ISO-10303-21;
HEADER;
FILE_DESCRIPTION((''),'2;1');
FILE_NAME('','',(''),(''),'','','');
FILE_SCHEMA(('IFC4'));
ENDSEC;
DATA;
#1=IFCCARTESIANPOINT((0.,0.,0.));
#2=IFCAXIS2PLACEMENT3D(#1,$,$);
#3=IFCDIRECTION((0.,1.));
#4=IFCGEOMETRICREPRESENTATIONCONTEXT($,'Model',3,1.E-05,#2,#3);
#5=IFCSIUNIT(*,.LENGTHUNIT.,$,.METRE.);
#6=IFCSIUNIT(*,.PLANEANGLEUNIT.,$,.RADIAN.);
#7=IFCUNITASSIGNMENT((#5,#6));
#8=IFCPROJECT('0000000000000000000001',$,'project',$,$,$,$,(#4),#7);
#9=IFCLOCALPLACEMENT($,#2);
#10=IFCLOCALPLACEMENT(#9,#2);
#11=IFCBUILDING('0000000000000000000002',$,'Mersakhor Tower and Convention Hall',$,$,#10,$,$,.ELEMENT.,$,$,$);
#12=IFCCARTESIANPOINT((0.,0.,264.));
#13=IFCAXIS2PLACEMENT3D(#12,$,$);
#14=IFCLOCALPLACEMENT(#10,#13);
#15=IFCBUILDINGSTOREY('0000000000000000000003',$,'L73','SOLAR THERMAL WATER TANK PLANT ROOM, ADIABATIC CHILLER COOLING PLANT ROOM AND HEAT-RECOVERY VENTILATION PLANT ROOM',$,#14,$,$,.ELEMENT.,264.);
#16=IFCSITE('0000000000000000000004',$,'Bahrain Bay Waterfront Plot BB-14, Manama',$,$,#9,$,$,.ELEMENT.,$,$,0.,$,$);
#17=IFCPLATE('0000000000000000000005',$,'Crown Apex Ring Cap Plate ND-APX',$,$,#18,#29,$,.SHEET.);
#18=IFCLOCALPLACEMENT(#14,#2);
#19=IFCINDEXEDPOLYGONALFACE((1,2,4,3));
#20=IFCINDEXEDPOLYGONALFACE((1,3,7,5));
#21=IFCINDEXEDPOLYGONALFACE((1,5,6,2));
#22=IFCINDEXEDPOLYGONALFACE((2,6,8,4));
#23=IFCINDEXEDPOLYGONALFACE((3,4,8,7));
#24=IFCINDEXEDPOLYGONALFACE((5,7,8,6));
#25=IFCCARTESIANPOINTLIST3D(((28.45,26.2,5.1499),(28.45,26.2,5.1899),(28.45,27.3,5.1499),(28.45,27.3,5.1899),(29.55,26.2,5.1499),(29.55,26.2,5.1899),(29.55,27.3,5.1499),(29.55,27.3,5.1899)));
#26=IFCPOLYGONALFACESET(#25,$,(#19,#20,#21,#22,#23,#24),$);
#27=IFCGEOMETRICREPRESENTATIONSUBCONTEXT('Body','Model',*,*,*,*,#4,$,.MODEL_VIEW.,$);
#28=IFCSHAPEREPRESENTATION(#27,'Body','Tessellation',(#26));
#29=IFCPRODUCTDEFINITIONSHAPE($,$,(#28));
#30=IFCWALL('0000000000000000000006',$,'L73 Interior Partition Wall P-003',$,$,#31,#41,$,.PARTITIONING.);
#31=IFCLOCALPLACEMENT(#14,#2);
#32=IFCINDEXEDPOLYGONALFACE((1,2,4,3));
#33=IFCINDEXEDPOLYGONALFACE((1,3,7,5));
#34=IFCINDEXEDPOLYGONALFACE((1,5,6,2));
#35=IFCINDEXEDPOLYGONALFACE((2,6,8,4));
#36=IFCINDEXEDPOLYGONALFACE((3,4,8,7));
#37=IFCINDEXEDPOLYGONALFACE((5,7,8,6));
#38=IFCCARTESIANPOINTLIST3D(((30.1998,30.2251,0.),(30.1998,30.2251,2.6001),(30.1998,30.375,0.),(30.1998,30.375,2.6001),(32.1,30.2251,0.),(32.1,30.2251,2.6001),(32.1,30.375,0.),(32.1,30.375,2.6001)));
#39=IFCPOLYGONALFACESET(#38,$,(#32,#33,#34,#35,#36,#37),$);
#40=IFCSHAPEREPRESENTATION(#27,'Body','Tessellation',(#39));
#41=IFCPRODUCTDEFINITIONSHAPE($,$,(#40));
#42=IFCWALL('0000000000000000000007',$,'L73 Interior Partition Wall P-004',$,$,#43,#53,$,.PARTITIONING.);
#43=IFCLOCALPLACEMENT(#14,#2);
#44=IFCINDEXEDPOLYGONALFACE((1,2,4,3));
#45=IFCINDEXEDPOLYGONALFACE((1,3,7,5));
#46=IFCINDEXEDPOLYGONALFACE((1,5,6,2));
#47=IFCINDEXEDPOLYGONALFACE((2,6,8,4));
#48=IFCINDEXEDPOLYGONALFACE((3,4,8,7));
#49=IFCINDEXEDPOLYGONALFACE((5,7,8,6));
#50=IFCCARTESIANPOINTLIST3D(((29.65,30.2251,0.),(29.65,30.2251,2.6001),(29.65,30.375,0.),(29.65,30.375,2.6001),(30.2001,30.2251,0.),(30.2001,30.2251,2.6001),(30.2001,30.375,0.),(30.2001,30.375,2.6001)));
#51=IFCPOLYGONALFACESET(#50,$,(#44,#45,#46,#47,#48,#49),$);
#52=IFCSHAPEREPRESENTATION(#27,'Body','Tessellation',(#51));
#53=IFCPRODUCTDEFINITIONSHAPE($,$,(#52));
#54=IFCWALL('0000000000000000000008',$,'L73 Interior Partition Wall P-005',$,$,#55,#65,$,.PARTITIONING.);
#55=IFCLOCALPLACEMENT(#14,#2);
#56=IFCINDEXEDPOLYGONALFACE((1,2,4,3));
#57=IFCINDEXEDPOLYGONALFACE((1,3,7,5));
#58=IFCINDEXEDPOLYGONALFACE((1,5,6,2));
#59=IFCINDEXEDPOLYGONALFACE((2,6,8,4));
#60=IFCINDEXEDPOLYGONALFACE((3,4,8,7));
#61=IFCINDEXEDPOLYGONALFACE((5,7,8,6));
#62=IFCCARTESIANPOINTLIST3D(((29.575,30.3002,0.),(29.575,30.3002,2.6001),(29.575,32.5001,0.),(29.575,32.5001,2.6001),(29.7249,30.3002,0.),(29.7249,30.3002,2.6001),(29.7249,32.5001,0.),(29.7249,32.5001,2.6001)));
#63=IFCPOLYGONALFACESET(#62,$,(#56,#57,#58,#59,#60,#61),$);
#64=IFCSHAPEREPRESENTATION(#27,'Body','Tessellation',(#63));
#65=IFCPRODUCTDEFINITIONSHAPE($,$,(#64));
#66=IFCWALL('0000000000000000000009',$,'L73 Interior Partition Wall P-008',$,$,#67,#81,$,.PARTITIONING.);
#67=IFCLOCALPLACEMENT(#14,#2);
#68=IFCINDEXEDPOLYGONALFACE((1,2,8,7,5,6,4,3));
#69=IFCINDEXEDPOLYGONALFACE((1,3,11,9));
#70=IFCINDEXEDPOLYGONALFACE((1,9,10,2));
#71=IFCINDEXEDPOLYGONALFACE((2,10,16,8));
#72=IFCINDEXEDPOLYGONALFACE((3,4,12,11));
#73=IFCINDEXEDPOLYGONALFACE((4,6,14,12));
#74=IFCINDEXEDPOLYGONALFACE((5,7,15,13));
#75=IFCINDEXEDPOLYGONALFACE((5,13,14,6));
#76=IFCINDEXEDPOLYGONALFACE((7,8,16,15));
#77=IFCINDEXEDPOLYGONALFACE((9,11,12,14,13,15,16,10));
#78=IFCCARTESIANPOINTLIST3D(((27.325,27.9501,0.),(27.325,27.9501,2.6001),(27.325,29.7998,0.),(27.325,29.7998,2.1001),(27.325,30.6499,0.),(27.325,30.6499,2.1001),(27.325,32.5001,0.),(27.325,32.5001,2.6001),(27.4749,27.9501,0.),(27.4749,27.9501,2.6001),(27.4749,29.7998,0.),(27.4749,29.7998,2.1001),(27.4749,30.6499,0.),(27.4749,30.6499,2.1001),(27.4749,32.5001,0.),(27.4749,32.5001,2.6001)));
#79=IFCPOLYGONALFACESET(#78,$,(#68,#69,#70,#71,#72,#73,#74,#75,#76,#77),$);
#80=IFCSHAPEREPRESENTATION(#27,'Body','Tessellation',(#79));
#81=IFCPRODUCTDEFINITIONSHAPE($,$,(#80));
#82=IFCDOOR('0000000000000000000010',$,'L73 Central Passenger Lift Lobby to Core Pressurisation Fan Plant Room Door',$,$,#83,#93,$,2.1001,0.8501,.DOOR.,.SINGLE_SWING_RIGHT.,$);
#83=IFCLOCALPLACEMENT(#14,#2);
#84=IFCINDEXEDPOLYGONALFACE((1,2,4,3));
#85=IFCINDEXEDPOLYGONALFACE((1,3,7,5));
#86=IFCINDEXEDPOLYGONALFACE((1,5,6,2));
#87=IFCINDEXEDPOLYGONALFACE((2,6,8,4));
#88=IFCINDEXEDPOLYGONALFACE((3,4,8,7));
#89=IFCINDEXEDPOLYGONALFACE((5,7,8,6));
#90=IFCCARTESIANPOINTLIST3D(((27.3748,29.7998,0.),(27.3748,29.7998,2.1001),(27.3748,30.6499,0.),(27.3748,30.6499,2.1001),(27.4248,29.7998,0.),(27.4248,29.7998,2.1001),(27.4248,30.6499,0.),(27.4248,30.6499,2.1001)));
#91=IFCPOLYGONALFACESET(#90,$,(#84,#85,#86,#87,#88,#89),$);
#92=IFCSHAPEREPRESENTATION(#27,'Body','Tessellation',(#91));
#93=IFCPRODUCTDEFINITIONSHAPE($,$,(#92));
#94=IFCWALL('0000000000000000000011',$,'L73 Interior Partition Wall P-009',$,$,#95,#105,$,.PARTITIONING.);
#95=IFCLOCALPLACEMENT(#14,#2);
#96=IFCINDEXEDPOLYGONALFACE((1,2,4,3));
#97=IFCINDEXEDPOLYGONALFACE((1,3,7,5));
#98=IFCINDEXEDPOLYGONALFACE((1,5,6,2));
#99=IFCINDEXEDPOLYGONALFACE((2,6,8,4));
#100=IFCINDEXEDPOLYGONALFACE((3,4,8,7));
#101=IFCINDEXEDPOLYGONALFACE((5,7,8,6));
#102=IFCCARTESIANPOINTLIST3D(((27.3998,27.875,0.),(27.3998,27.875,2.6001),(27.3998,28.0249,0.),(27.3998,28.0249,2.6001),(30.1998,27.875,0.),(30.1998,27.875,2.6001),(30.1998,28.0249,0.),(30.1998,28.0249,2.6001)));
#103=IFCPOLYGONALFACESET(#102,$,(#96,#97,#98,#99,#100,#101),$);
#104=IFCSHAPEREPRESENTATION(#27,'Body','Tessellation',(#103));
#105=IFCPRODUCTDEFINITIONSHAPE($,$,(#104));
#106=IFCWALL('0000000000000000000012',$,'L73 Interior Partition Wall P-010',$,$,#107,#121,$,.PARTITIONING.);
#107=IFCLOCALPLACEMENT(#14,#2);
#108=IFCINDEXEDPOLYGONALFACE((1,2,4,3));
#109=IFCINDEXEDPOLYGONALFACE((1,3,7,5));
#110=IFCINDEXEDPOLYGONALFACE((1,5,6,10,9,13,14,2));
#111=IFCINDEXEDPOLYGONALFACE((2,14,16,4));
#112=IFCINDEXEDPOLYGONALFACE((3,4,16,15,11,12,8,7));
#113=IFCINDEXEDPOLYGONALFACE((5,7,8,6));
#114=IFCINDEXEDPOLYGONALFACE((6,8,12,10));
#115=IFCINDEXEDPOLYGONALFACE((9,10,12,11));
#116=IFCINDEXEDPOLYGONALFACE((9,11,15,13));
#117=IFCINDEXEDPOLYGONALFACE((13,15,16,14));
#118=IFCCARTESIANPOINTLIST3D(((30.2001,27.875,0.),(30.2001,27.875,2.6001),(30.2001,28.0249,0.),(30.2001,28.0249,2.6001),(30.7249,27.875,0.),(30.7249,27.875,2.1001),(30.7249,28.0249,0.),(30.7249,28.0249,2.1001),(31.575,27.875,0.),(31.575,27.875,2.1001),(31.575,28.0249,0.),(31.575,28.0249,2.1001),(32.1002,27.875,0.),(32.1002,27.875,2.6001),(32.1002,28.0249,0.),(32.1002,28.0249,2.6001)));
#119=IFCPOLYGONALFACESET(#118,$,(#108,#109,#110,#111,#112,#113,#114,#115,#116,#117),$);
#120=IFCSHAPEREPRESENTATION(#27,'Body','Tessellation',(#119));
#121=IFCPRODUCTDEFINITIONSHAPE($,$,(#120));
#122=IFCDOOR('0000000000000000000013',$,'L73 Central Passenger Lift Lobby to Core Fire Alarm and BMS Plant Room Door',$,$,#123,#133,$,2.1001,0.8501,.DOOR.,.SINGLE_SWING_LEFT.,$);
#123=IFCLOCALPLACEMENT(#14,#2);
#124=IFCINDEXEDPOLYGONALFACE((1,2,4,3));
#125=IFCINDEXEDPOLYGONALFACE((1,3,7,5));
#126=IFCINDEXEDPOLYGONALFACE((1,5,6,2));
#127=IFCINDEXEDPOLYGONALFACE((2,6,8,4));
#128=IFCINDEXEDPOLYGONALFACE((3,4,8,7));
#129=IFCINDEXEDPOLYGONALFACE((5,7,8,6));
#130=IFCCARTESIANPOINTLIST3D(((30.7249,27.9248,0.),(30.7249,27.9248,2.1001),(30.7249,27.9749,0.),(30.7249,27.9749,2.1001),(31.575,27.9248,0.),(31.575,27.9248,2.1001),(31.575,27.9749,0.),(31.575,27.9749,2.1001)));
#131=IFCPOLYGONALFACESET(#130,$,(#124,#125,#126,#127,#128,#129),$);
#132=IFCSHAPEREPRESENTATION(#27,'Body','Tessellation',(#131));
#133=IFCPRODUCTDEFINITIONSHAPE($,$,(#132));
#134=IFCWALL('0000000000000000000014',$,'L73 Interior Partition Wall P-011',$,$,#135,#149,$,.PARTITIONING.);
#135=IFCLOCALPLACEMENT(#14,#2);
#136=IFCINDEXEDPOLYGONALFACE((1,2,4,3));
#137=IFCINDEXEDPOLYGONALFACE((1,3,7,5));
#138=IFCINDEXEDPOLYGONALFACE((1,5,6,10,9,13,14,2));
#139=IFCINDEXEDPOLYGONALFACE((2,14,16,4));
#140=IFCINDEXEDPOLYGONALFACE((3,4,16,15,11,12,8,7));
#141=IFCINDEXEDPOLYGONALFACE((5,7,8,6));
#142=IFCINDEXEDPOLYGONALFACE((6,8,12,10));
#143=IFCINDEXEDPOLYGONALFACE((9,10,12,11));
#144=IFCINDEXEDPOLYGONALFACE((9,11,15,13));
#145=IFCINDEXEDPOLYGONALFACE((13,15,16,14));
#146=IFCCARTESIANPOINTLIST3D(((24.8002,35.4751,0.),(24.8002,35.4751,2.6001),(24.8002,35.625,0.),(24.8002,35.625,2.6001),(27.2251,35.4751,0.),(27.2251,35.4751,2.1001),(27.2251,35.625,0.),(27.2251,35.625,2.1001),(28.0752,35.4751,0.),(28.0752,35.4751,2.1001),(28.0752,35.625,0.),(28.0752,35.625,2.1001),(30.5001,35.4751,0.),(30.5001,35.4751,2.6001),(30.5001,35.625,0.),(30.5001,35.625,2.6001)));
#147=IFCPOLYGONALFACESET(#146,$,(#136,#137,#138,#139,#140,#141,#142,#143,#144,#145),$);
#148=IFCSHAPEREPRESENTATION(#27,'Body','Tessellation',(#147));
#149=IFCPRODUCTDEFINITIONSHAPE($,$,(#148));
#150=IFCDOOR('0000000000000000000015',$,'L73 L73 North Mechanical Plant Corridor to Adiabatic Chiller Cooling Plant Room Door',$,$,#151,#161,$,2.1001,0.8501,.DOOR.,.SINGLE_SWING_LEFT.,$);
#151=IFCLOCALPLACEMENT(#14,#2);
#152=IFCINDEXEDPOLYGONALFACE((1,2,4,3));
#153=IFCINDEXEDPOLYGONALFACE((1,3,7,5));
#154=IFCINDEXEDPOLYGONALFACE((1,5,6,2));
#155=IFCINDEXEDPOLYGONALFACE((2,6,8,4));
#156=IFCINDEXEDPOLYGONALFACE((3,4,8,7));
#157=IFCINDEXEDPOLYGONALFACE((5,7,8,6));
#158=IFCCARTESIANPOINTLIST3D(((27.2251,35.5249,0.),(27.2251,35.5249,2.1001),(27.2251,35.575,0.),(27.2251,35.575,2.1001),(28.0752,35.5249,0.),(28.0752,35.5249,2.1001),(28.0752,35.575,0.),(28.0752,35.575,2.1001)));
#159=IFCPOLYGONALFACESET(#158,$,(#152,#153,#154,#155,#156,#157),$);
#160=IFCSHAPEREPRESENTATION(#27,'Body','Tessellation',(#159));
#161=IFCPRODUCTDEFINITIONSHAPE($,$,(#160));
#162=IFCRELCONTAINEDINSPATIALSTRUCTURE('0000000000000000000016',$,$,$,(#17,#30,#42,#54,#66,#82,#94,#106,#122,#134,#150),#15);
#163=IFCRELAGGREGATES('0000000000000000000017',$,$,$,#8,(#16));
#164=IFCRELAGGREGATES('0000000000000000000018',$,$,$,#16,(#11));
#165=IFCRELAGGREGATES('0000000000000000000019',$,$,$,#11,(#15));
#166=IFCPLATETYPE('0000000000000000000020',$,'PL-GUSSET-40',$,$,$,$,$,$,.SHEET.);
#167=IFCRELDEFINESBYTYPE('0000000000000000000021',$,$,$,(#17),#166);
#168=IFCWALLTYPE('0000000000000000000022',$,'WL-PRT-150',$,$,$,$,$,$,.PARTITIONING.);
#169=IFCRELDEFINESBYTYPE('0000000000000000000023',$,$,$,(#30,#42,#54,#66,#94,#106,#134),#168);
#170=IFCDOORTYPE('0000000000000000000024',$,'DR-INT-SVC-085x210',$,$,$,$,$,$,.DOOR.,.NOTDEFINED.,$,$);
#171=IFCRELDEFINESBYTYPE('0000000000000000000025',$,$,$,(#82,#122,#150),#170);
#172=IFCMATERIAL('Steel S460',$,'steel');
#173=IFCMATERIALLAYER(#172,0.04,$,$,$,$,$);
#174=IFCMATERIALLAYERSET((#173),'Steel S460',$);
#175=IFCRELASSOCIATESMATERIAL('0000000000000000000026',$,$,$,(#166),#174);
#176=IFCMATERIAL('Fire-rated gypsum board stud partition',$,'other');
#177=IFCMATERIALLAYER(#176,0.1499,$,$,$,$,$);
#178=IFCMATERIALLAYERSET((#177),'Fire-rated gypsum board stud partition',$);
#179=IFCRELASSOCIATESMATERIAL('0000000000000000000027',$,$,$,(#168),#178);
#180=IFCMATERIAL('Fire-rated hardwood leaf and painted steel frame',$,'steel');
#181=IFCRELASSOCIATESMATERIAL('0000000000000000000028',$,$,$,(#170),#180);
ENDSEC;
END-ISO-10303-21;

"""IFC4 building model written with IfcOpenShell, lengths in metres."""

from ifc_helpers import new_model, si_unit, direction, frame, frame_2d, origin, origin_2d, place, context, subcontext, project, spatial, rectangle, extrude, material, layer, layer_set, type_object, element, fill, save


model = new_model("IFC4")

# Units and contexts
model_context = context("Model", 3, precision=1e-05, world=origin(), true_north=direction((0.0, 1.0)))
body_context = subcontext(model_context, "Body", "Model", "MODEL_VIEW")
ifc_project = project(units=[si_unit("LENGTHUNIT", "METRE"), si_unit("PLANEANGLEUNIT", "RADIAN")], contexts=[model_context])

# Site, building, storey
site_placement = place(None, origin())
site = spatial("IfcSite", under=ifc_project, at=site_placement, Name="Bahrain Bay Waterfront Plot BB-14, Manama", CompositionType="ELEMENT", RefElevation=0.0)
building_placement = place(site_placement, origin())
building = spatial("IfcBuilding", under=site, at=building_placement, Name="Mersakhor Tower and Convention Hall", CompositionType="ELEMENT")
storey_placement = place(building_placement, frame((0.0, 0.0, 264.0)))
storey = spatial("IfcBuildingStorey", under=building, at=storey_placement, Name="L73", Description="SOLAR THERMAL WATER TANK PLANT ROOM, ADIABATIC CHILLER COOLING PLANT ROOM AND HEAT-RECOVERY VENTILATION PLANT ROOM", CompositionType="ELEMENT", Elevation=264.0)

# Plate
ifc_material_1 = material(Name="Steel S460", Category="steel")
ifc_layer_1 = layer(ifc_material_1, 0.04)
ifc_layer_set_1 = layer_set([ifc_layer_1], Name="Steel S460")
plate_type = type_object("IfcPlateType", Name="PL-GUSSET-40", PredefinedType="SHEET", material=ifc_layer_set_1)
plate_placement = place(storey_placement, frame((29.0, 26.75, 5.1499), z_axis=(0.0, 0.0, 1.0), x_axis=(1.0, 0.0, 0.0)))
element("IfcPlate", 1, at=plate_placement, inside=storey, type_object=plate_type, Name="Crown Apex Ring Cap Plate ND-APX", PredefinedType="SHEET", context=body_context, shape_type="SweptSolid", body=[
    extrude(rectangle(XDim=1.1001, YDim=1.1001, at=origin_2d()), origin(), (0.0, 0.0, 1.0), 0.04),
])

# Walls
ifc_material_2 = material(Name="Fire-rated gypsum board stud partition", Category="other")
ifc_layer_2 = layer(ifc_material_2, 0.1499)
ifc_layer_set_2 = layer_set([ifc_layer_2], Name="Fire-rated gypsum board stud partition")
wall_type_1 = type_object("IfcWallType", Name="WL-PRT-150", PredefinedType="PARTITIONING", material=ifc_layer_set_2)
wall_1_placement = place(storey_placement, frame((32.1001, 30.3, 0.0), z_axis=(0.0, 0.0, 1.0), x_axis=(-1.0, 0.0, 0.0)))
element("IfcWall", 2, at=wall_1_placement, inside=storey, type_object=wall_type_1, Name="L73 Interior Partition Wall P-003", PredefinedType="PARTITIONING", context=body_context, shape_type="SweptSolid", body=[
    extrude(rectangle(XDim=1.9001, YDim=0.1499, at=frame_2d((0.9502, 0.0))), origin(), (0.0, 0.0, 1.0), 2.6001),
])
wall_2_placement = place(storey_placement, frame((30.2, 30.3, 0.0), z_axis=(0.0, 0.0, 1.0), x_axis=(-1.0, 0.0, 0.0)))
element("IfcWall", 3, at=wall_2_placement, inside=storey, type_object=wall_type_1, Name="L73 Interior Partition Wall P-004", PredefinedType="PARTITIONING", context=body_context, shape_type="SweptSolid", body=[
    extrude(rectangle(XDim=0.55, YDim=0.1499, at=frame_2d((0.2749, 0.0))), origin(), (0.0, 0.0, 1.0), 2.6001),
])
wall_3_placement = place(storey_placement, frame((29.6499, 30.3, 0.0), z_axis=(0.0, 0.0, 1.0), x_axis=(0.0, 1.0, 0.0)))
element("IfcWall", 4, at=wall_3_placement, inside=storey, type_object=wall_type_1, Name="L73 Interior Partition Wall P-005", PredefinedType="PARTITIONING", context=body_context, shape_type="SweptSolid", body=[
    extrude(rectangle(XDim=2.2, YDim=0.1499, at=frame_2d((1.1001, 0.0))), origin(), (0.0, 0.0, 1.0), 2.6001),
])

# Wall, opening, door
wall_4_placement = place(storey_placement, frame((27.3999, 32.5, 0.0), z_axis=(0.0, 0.0, 1.0), x_axis=(0.0, -1.0, 0.0)))
wall_4 = element("IfcWall", 5, at=wall_4_placement, inside=storey, type_object=wall_type_1, Name="L73 Interior Partition Wall P-008", PredefinedType="PARTITIONING", context=body_context, shape_type="SweptSolid", body=[
    extrude(rectangle(XDim=4.55, YDim=0.1499, at=frame_2d((2.2749, 0.0))), origin(), (0.0, 0.0, 1.0), 2.6001),
])
opening_1_placement = place(wall_4_placement, frame((1.8501, 0.0, 0.0)))
opening_1 = element("IfcOpeningElement", 6, at=opening_1_placement, cuts=wall_4, PredefinedType="OPENING", context=body_context, shape_type="SweptSolid", body=[
    extrude(rectangle(XDim=0.8501, YDim=2.1001, at=frame_2d((0.425, 1.05))), frame((0.0, 0.085, 0.0), z_axis=(0.0, -1.0, 0.0), x_axis=(1.0, 0.0, 0.0)), (0.0, 0.0, 1.0), 0.1699),
])
ifc_material_3 = material(Name="Fire-rated hardwood leaf and painted steel frame", Category="steel")
door_type_1 = type_object("IfcDoorType", Name="DR-INT-SVC-085x210", OperationType="NOTDEFINED", PredefinedType="DOOR", material=ifc_material_3)
door_1_placement = place(opening_1_placement, origin())
door_1 = element("IfcDoor", 7, at=door_1_placement, inside=storey, type_object=door_type_1, Name="L73 Central Passenger Lift Lobby to Core Pressurisation Fan Plant Room Door", OperationType="SINGLE_SWING_RIGHT", OverallHeight=2.1001, OverallWidth=0.8501, PredefinedType="DOOR", context=body_context, shape_type="SweptSolid", body=[
    extrude(rectangle(XDim=0.8501, YDim=2.1001, at=frame_2d((0.425, 1.05))), frame((0.0, 0.0249, 0.0), z_axis=(0.0, -1.0, 0.0), x_axis=(1.0, 0.0, 0.0)), (0.0, 0.0, 1.0), 0.05),
])
fill(opening_1, door_1)

# Wall
wall_5_placement = place(storey_placement, frame((27.3999, 27.95, 0.0), z_axis=(0.0, 0.0, 1.0), x_axis=(1.0, 0.0, 0.0)))
element("IfcWall", 8, at=wall_5_placement, inside=storey, type_object=wall_type_1, Name="L73 Interior Partition Wall P-009", PredefinedType="PARTITIONING", context=body_context, shape_type="SweptSolid", body=[
    extrude(rectangle(XDim=2.8, YDim=0.1499, at=frame_2d((1.3999, 0.0))), origin(), (0.0, 0.0, 1.0), 2.6001),
])

# Walls, openings, doors
wall_6_placement = place(storey_placement, frame((30.2, 27.95, 0.0), z_axis=(0.0, 0.0, 1.0), x_axis=(1.0, 0.0, 0.0)))
wall_6 = element("IfcWall", 9, at=wall_6_placement, inside=storey, type_object=wall_type_1, Name="L73 Interior Partition Wall P-010", PredefinedType="PARTITIONING", context=body_context, shape_type="SweptSolid", body=[
    extrude(rectangle(XDim=1.9001, YDim=0.1499, at=frame_2d((0.9502, 0.0))), origin(), (0.0, 0.0, 1.0), 2.6001),
])
opening_2_placement = place(wall_6_placement, frame((0.5249, 0.0, 0.0)))
opening_2 = element("IfcOpeningElement", 10, at=opening_2_placement, cuts=wall_6, PredefinedType="OPENING", context=body_context, shape_type="SweptSolid", body=[
    extrude(rectangle(XDim=0.8501, YDim=2.1001, at=frame_2d((0.425, 1.05))), frame((0.0, 0.085, 0.0), z_axis=(0.0, -1.0, 0.0), x_axis=(1.0, 0.0, 0.0)), (0.0, 0.0, 1.0), 0.1699),
])
door_2_placement = place(opening_2_placement, origin())
door_2 = element("IfcDoor", 11, at=door_2_placement, inside=storey, type_object=door_type_1, Name="L73 Central Passenger Lift Lobby to Core Fire Alarm and BMS Plant Room Door", OperationType="SINGLE_SWING_LEFT", OverallHeight=2.1001, OverallWidth=0.8501, PredefinedType="DOOR", context=body_context, shape_type="SweptSolid", body=[
    extrude(rectangle(XDim=0.8501, YDim=2.1001, at=frame_2d((0.425, 1.05))), frame((0.0, 0.0249, 0.0), z_axis=(0.0, -1.0, 0.0), x_axis=(1.0, 0.0, 0.0)), (0.0, 0.0, 1.0), 0.05),
])
fill(opening_2, door_2)
wall_7_placement = place(storey_placement, frame((24.8, 35.55, 0.0), z_axis=(0.0, 0.0, 1.0), x_axis=(1.0, 0.0, 0.0)))
wall_7 = element("IfcWall", 12, at=wall_7_placement, inside=storey, type_object=wall_type_1, Name="L73 Interior Partition Wall P-011", PredefinedType="PARTITIONING", context=body_context, shape_type="SweptSolid", body=[
    extrude(rectangle(XDim=5.7, YDim=0.1499, at=frame_2d((2.8501, 0.0))), origin(), (0.0, 0.0, 1.0), 2.6001),
])
opening_3_placement = place(wall_7_placement, frame((2.425, 0.0, 0.0)))
opening_3 = element("IfcOpeningElement", 13, at=opening_3_placement, cuts=wall_7, PredefinedType="OPENING", context=body_context, shape_type="SweptSolid", body=[
    extrude(rectangle(XDim=0.8501, YDim=2.1001, at=frame_2d((0.425, 1.05))), frame((0.0, 0.085, 0.0), z_axis=(0.0, -1.0, 0.0), x_axis=(1.0, 0.0, 0.0)), (0.0, 0.0, 1.0), 0.1699),
])
door_3_placement = place(opening_3_placement, origin())
door_3 = element("IfcDoor", 14, at=door_3_placement, inside=storey, type_object=door_type_1, Name="L73 L73 North Mechanical Plant Corridor to Adiabatic Chiller Cooling Plant Room Door", OperationType="SINGLE_SWING_LEFT", OverallHeight=2.1001, OverallWidth=0.8501, PredefinedType="DOOR", context=body_context, shape_type="SweptSolid", body=[
    extrude(rectangle(XDim=0.8501, YDim=2.1001, at=frame_2d((0.425, 1.05))), frame((0.0, 0.0249, 0.0), z_axis=(0.0, -1.0, 0.0), x_axis=(1.0, 0.0, 0.0)), (0.0, 0.0, 1.0), 0.05),
])
fill(opening_3, door_3)

save(model, "model.ifc")
